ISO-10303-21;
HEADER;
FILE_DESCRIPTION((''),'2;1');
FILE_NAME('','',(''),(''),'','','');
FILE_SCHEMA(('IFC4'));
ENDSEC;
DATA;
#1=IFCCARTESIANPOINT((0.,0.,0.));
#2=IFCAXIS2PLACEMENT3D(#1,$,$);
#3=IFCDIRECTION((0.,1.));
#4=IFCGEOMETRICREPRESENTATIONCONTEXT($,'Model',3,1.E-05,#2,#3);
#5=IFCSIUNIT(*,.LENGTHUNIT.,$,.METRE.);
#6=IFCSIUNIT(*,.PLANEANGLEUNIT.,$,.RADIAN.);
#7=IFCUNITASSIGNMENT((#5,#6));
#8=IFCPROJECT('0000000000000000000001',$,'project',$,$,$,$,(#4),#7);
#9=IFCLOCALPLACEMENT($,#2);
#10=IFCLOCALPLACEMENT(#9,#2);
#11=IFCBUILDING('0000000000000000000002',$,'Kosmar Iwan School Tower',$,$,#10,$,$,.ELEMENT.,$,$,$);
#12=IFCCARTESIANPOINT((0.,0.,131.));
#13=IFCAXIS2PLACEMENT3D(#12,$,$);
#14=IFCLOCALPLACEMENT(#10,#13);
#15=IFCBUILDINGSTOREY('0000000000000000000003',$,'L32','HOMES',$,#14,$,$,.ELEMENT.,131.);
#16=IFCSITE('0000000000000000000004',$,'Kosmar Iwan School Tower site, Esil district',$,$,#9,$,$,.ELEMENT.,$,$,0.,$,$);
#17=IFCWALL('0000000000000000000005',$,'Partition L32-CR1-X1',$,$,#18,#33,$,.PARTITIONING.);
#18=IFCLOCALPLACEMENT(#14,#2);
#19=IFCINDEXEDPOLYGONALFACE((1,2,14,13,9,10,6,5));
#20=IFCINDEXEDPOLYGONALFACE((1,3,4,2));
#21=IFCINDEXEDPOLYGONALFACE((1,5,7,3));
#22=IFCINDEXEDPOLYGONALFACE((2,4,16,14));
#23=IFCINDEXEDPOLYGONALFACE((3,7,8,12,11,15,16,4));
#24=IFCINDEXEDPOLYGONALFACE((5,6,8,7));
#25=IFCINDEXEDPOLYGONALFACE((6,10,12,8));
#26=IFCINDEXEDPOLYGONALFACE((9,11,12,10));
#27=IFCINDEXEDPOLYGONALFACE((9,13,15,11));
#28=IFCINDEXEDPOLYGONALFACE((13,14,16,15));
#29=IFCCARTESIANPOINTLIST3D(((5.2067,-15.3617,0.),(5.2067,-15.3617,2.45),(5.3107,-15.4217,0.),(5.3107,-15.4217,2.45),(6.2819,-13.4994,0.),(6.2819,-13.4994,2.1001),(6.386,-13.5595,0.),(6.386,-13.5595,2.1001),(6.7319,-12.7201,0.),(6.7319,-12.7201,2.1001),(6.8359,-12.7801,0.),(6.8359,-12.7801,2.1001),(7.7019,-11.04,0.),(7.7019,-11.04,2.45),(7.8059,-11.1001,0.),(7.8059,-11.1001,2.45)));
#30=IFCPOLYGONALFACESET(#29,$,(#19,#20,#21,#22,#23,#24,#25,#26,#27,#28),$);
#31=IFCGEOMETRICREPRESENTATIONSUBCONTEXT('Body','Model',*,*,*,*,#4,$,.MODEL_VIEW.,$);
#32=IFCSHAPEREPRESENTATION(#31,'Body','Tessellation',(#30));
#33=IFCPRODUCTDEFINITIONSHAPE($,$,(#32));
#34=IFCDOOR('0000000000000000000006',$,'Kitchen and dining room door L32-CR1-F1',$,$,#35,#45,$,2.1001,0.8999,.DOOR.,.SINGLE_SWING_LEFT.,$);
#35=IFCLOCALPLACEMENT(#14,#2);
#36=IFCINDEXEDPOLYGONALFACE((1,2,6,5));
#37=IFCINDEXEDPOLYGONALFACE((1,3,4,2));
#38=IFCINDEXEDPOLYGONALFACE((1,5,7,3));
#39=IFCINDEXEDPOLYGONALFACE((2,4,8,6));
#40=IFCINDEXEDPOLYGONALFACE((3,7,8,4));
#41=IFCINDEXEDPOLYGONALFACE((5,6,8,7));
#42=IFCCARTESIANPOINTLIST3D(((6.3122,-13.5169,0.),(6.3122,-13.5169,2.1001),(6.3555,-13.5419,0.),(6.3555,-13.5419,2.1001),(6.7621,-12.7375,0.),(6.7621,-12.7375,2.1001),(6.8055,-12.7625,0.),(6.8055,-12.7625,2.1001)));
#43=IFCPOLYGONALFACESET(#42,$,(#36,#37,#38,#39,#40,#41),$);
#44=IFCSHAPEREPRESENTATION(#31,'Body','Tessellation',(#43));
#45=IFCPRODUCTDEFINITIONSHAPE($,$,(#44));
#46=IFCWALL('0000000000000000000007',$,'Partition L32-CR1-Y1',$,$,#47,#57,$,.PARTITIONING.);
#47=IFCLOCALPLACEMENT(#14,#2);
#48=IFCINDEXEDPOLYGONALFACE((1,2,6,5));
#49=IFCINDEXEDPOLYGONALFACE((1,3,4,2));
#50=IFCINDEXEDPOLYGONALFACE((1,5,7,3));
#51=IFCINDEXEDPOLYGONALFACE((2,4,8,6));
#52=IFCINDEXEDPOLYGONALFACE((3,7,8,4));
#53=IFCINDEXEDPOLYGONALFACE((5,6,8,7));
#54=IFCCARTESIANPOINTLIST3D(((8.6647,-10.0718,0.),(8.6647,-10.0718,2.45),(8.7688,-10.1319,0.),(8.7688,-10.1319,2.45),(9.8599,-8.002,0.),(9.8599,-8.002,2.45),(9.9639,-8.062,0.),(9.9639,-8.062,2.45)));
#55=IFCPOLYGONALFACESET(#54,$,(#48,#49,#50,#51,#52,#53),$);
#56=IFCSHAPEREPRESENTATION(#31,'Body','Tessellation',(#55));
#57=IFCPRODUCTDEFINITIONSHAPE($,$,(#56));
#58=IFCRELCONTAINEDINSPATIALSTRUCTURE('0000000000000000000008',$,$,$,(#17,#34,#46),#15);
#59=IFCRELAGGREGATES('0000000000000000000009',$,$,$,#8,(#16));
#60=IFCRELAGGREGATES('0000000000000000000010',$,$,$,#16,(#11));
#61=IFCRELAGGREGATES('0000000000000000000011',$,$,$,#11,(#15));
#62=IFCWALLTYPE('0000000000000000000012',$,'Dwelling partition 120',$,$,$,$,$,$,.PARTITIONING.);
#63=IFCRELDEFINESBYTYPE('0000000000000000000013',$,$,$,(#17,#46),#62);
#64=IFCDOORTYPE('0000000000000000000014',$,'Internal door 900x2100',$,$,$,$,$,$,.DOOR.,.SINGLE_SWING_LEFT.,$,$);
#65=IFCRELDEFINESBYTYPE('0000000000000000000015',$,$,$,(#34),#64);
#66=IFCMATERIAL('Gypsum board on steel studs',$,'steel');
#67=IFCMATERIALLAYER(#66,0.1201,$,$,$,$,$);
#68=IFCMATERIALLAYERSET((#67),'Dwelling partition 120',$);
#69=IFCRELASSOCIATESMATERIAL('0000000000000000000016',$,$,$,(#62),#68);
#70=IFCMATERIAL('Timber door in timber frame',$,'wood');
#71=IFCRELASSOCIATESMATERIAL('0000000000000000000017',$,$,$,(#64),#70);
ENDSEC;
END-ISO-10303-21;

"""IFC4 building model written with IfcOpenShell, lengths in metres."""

from ifc_helpers import new_model, si_unit, direction, frame, frame_2d, origin, place, context, subcontext, project, spatial, rectangle, extrude, material, layer, layer_set, type_object, element, fill, save


model = new_model("IFC4")

# Units and contexts
model_context = context("Model", 3, precision=1e-05, world=origin(), true_north=direction((0.0, 1.0)))
body_context = subcontext(model_context, "Body", "Model", "MODEL_VIEW")
ifc_project = project(units=[si_unit("LENGTHUNIT", "METRE"), si_unit("PLANEANGLEUNIT", "RADIAN")], contexts=[model_context])

# Site, building, storey
site_placement = place(None, origin())
site = spatial("IfcSite", under=ifc_project, at=site_placement, Name="Kosmar Iwan School Tower site, Esil district", CompositionType="ELEMENT", RefElevation=0.0)
building_placement = place(site_placement, origin())
building = spatial("IfcBuilding", under=site, at=building_placement, Name="Kosmar Iwan School Tower", CompositionType="ELEMENT")
storey_placement = place(building_placement, frame((0.0, 0.0, 131.0)))
storey = spatial("IfcBuildingStorey", under=building, at=storey_placement, Name="L32", Description="HOMES", CompositionType="ELEMENT", Elevation=131.0)

# Shared definitions
ifc_material_1 = material(Name="Gypsum board on steel studs", Category="steel")
ifc_layer = layer(ifc_material_1, 0.1201)
ifc_layer_set = layer_set([ifc_layer], Name="Dwelling partition 120")
wall_type = type_object("IfcWallType", Name="Dwelling partition 120", PredefinedType="PARTITIONING", material=ifc_layer_set)
ifc_material_2 = material(Name="Timber door in timber frame", Category="wood")
door_type_1 = type_object("IfcDoorType", Name="Internal door 900x2100", OperationType="SINGLE_SWING_LEFT", PredefinedType="DOOR", material=ifc_material_2)

# Wall, opening, door
wall_1_placement = place(storey_placement, frame((7.7539, -11.0701, 0.0), z_axis=(0.0, 0.0, 1.0), x_axis=(-0.500012, -0.866019, 0.0)))
wall_1 = element("IfcWall", 1, at=wall_1_placement, inside=storey, type_object=wall_type, Name="Partition L32-CR1-X1", PredefinedType="PARTITIONING", context=body_context, shape_type="SweptSolid", body=[
    extrude(rectangle(XDim=4.9902, YDim=0.1201, at=frame_2d((2.4951, 0.0))), origin(), (0.0, 0.0, 1.0), 2.45),
])
opening_1_placement = place(wall_1_placement, frame((1.9399, 0.0, 0.0)))
opening_1 = element("IfcOpeningElement", 2, at=opening_1_placement, cuts=wall_1, PredefinedType="OPENING", context=body_context, shape_type="SweptSolid", body=[
    extrude(rectangle(XDim=0.8999, YDim=2.1001, at=frame_2d((0.45, 1.05))), frame((0.0, 0.072, 0.0), z_axis=(0.0, -1.0, 0.0), x_axis=(1.0, 0.0, 0.0)), (0.0, 0.0, 1.0), 0.144),
])
door_1_placement = place(opening_1_placement, origin())
door_1 = element("IfcDoor", 3, at=door_1_placement, inside=storey, type_object=door_type_1, Name="Kitchen and dining room door L32-CR1-F1", OperationType="SINGLE_SWING_LEFT", OverallHeight=2.1001, OverallWidth=0.8999, PredefinedType="DOOR", context=body_context, shape_type="SweptSolid", body=[
    extrude(rectangle(XDim=0.8999, YDim=2.1001, at=frame_2d((0.45, 1.05))), frame((0.0, 0.0249, 0.0), z_axis=(0.0, -1.0, 0.0), x_axis=(1.0, 0.0, 0.0)), (0.0, 0.0, 1.0), 0.05),
])
fill(opening_1, door_1)

# Wall
wall_2_placement = place(storey_placement, frame((9.9119, -8.032, 0.0), z_axis=(0.0, 0.0, 1.0), x_axis=(-0.500017, -0.866015, 0.0)))
element("IfcWall", 4, at=wall_2_placement, inside=storey, type_object=wall_type, Name="Partition L32-CR1-Y1", PredefinedType="PARTITIONING", context=body_context, shape_type="SweptSolid", body=[
    extrude(rectangle(XDim=2.3901, YDim=0.1201, at=frame_2d((1.1951, 0.0))), origin(), (0.0, 0.0, 1.0), 2.45),
])

save(model, "model.ifc")
